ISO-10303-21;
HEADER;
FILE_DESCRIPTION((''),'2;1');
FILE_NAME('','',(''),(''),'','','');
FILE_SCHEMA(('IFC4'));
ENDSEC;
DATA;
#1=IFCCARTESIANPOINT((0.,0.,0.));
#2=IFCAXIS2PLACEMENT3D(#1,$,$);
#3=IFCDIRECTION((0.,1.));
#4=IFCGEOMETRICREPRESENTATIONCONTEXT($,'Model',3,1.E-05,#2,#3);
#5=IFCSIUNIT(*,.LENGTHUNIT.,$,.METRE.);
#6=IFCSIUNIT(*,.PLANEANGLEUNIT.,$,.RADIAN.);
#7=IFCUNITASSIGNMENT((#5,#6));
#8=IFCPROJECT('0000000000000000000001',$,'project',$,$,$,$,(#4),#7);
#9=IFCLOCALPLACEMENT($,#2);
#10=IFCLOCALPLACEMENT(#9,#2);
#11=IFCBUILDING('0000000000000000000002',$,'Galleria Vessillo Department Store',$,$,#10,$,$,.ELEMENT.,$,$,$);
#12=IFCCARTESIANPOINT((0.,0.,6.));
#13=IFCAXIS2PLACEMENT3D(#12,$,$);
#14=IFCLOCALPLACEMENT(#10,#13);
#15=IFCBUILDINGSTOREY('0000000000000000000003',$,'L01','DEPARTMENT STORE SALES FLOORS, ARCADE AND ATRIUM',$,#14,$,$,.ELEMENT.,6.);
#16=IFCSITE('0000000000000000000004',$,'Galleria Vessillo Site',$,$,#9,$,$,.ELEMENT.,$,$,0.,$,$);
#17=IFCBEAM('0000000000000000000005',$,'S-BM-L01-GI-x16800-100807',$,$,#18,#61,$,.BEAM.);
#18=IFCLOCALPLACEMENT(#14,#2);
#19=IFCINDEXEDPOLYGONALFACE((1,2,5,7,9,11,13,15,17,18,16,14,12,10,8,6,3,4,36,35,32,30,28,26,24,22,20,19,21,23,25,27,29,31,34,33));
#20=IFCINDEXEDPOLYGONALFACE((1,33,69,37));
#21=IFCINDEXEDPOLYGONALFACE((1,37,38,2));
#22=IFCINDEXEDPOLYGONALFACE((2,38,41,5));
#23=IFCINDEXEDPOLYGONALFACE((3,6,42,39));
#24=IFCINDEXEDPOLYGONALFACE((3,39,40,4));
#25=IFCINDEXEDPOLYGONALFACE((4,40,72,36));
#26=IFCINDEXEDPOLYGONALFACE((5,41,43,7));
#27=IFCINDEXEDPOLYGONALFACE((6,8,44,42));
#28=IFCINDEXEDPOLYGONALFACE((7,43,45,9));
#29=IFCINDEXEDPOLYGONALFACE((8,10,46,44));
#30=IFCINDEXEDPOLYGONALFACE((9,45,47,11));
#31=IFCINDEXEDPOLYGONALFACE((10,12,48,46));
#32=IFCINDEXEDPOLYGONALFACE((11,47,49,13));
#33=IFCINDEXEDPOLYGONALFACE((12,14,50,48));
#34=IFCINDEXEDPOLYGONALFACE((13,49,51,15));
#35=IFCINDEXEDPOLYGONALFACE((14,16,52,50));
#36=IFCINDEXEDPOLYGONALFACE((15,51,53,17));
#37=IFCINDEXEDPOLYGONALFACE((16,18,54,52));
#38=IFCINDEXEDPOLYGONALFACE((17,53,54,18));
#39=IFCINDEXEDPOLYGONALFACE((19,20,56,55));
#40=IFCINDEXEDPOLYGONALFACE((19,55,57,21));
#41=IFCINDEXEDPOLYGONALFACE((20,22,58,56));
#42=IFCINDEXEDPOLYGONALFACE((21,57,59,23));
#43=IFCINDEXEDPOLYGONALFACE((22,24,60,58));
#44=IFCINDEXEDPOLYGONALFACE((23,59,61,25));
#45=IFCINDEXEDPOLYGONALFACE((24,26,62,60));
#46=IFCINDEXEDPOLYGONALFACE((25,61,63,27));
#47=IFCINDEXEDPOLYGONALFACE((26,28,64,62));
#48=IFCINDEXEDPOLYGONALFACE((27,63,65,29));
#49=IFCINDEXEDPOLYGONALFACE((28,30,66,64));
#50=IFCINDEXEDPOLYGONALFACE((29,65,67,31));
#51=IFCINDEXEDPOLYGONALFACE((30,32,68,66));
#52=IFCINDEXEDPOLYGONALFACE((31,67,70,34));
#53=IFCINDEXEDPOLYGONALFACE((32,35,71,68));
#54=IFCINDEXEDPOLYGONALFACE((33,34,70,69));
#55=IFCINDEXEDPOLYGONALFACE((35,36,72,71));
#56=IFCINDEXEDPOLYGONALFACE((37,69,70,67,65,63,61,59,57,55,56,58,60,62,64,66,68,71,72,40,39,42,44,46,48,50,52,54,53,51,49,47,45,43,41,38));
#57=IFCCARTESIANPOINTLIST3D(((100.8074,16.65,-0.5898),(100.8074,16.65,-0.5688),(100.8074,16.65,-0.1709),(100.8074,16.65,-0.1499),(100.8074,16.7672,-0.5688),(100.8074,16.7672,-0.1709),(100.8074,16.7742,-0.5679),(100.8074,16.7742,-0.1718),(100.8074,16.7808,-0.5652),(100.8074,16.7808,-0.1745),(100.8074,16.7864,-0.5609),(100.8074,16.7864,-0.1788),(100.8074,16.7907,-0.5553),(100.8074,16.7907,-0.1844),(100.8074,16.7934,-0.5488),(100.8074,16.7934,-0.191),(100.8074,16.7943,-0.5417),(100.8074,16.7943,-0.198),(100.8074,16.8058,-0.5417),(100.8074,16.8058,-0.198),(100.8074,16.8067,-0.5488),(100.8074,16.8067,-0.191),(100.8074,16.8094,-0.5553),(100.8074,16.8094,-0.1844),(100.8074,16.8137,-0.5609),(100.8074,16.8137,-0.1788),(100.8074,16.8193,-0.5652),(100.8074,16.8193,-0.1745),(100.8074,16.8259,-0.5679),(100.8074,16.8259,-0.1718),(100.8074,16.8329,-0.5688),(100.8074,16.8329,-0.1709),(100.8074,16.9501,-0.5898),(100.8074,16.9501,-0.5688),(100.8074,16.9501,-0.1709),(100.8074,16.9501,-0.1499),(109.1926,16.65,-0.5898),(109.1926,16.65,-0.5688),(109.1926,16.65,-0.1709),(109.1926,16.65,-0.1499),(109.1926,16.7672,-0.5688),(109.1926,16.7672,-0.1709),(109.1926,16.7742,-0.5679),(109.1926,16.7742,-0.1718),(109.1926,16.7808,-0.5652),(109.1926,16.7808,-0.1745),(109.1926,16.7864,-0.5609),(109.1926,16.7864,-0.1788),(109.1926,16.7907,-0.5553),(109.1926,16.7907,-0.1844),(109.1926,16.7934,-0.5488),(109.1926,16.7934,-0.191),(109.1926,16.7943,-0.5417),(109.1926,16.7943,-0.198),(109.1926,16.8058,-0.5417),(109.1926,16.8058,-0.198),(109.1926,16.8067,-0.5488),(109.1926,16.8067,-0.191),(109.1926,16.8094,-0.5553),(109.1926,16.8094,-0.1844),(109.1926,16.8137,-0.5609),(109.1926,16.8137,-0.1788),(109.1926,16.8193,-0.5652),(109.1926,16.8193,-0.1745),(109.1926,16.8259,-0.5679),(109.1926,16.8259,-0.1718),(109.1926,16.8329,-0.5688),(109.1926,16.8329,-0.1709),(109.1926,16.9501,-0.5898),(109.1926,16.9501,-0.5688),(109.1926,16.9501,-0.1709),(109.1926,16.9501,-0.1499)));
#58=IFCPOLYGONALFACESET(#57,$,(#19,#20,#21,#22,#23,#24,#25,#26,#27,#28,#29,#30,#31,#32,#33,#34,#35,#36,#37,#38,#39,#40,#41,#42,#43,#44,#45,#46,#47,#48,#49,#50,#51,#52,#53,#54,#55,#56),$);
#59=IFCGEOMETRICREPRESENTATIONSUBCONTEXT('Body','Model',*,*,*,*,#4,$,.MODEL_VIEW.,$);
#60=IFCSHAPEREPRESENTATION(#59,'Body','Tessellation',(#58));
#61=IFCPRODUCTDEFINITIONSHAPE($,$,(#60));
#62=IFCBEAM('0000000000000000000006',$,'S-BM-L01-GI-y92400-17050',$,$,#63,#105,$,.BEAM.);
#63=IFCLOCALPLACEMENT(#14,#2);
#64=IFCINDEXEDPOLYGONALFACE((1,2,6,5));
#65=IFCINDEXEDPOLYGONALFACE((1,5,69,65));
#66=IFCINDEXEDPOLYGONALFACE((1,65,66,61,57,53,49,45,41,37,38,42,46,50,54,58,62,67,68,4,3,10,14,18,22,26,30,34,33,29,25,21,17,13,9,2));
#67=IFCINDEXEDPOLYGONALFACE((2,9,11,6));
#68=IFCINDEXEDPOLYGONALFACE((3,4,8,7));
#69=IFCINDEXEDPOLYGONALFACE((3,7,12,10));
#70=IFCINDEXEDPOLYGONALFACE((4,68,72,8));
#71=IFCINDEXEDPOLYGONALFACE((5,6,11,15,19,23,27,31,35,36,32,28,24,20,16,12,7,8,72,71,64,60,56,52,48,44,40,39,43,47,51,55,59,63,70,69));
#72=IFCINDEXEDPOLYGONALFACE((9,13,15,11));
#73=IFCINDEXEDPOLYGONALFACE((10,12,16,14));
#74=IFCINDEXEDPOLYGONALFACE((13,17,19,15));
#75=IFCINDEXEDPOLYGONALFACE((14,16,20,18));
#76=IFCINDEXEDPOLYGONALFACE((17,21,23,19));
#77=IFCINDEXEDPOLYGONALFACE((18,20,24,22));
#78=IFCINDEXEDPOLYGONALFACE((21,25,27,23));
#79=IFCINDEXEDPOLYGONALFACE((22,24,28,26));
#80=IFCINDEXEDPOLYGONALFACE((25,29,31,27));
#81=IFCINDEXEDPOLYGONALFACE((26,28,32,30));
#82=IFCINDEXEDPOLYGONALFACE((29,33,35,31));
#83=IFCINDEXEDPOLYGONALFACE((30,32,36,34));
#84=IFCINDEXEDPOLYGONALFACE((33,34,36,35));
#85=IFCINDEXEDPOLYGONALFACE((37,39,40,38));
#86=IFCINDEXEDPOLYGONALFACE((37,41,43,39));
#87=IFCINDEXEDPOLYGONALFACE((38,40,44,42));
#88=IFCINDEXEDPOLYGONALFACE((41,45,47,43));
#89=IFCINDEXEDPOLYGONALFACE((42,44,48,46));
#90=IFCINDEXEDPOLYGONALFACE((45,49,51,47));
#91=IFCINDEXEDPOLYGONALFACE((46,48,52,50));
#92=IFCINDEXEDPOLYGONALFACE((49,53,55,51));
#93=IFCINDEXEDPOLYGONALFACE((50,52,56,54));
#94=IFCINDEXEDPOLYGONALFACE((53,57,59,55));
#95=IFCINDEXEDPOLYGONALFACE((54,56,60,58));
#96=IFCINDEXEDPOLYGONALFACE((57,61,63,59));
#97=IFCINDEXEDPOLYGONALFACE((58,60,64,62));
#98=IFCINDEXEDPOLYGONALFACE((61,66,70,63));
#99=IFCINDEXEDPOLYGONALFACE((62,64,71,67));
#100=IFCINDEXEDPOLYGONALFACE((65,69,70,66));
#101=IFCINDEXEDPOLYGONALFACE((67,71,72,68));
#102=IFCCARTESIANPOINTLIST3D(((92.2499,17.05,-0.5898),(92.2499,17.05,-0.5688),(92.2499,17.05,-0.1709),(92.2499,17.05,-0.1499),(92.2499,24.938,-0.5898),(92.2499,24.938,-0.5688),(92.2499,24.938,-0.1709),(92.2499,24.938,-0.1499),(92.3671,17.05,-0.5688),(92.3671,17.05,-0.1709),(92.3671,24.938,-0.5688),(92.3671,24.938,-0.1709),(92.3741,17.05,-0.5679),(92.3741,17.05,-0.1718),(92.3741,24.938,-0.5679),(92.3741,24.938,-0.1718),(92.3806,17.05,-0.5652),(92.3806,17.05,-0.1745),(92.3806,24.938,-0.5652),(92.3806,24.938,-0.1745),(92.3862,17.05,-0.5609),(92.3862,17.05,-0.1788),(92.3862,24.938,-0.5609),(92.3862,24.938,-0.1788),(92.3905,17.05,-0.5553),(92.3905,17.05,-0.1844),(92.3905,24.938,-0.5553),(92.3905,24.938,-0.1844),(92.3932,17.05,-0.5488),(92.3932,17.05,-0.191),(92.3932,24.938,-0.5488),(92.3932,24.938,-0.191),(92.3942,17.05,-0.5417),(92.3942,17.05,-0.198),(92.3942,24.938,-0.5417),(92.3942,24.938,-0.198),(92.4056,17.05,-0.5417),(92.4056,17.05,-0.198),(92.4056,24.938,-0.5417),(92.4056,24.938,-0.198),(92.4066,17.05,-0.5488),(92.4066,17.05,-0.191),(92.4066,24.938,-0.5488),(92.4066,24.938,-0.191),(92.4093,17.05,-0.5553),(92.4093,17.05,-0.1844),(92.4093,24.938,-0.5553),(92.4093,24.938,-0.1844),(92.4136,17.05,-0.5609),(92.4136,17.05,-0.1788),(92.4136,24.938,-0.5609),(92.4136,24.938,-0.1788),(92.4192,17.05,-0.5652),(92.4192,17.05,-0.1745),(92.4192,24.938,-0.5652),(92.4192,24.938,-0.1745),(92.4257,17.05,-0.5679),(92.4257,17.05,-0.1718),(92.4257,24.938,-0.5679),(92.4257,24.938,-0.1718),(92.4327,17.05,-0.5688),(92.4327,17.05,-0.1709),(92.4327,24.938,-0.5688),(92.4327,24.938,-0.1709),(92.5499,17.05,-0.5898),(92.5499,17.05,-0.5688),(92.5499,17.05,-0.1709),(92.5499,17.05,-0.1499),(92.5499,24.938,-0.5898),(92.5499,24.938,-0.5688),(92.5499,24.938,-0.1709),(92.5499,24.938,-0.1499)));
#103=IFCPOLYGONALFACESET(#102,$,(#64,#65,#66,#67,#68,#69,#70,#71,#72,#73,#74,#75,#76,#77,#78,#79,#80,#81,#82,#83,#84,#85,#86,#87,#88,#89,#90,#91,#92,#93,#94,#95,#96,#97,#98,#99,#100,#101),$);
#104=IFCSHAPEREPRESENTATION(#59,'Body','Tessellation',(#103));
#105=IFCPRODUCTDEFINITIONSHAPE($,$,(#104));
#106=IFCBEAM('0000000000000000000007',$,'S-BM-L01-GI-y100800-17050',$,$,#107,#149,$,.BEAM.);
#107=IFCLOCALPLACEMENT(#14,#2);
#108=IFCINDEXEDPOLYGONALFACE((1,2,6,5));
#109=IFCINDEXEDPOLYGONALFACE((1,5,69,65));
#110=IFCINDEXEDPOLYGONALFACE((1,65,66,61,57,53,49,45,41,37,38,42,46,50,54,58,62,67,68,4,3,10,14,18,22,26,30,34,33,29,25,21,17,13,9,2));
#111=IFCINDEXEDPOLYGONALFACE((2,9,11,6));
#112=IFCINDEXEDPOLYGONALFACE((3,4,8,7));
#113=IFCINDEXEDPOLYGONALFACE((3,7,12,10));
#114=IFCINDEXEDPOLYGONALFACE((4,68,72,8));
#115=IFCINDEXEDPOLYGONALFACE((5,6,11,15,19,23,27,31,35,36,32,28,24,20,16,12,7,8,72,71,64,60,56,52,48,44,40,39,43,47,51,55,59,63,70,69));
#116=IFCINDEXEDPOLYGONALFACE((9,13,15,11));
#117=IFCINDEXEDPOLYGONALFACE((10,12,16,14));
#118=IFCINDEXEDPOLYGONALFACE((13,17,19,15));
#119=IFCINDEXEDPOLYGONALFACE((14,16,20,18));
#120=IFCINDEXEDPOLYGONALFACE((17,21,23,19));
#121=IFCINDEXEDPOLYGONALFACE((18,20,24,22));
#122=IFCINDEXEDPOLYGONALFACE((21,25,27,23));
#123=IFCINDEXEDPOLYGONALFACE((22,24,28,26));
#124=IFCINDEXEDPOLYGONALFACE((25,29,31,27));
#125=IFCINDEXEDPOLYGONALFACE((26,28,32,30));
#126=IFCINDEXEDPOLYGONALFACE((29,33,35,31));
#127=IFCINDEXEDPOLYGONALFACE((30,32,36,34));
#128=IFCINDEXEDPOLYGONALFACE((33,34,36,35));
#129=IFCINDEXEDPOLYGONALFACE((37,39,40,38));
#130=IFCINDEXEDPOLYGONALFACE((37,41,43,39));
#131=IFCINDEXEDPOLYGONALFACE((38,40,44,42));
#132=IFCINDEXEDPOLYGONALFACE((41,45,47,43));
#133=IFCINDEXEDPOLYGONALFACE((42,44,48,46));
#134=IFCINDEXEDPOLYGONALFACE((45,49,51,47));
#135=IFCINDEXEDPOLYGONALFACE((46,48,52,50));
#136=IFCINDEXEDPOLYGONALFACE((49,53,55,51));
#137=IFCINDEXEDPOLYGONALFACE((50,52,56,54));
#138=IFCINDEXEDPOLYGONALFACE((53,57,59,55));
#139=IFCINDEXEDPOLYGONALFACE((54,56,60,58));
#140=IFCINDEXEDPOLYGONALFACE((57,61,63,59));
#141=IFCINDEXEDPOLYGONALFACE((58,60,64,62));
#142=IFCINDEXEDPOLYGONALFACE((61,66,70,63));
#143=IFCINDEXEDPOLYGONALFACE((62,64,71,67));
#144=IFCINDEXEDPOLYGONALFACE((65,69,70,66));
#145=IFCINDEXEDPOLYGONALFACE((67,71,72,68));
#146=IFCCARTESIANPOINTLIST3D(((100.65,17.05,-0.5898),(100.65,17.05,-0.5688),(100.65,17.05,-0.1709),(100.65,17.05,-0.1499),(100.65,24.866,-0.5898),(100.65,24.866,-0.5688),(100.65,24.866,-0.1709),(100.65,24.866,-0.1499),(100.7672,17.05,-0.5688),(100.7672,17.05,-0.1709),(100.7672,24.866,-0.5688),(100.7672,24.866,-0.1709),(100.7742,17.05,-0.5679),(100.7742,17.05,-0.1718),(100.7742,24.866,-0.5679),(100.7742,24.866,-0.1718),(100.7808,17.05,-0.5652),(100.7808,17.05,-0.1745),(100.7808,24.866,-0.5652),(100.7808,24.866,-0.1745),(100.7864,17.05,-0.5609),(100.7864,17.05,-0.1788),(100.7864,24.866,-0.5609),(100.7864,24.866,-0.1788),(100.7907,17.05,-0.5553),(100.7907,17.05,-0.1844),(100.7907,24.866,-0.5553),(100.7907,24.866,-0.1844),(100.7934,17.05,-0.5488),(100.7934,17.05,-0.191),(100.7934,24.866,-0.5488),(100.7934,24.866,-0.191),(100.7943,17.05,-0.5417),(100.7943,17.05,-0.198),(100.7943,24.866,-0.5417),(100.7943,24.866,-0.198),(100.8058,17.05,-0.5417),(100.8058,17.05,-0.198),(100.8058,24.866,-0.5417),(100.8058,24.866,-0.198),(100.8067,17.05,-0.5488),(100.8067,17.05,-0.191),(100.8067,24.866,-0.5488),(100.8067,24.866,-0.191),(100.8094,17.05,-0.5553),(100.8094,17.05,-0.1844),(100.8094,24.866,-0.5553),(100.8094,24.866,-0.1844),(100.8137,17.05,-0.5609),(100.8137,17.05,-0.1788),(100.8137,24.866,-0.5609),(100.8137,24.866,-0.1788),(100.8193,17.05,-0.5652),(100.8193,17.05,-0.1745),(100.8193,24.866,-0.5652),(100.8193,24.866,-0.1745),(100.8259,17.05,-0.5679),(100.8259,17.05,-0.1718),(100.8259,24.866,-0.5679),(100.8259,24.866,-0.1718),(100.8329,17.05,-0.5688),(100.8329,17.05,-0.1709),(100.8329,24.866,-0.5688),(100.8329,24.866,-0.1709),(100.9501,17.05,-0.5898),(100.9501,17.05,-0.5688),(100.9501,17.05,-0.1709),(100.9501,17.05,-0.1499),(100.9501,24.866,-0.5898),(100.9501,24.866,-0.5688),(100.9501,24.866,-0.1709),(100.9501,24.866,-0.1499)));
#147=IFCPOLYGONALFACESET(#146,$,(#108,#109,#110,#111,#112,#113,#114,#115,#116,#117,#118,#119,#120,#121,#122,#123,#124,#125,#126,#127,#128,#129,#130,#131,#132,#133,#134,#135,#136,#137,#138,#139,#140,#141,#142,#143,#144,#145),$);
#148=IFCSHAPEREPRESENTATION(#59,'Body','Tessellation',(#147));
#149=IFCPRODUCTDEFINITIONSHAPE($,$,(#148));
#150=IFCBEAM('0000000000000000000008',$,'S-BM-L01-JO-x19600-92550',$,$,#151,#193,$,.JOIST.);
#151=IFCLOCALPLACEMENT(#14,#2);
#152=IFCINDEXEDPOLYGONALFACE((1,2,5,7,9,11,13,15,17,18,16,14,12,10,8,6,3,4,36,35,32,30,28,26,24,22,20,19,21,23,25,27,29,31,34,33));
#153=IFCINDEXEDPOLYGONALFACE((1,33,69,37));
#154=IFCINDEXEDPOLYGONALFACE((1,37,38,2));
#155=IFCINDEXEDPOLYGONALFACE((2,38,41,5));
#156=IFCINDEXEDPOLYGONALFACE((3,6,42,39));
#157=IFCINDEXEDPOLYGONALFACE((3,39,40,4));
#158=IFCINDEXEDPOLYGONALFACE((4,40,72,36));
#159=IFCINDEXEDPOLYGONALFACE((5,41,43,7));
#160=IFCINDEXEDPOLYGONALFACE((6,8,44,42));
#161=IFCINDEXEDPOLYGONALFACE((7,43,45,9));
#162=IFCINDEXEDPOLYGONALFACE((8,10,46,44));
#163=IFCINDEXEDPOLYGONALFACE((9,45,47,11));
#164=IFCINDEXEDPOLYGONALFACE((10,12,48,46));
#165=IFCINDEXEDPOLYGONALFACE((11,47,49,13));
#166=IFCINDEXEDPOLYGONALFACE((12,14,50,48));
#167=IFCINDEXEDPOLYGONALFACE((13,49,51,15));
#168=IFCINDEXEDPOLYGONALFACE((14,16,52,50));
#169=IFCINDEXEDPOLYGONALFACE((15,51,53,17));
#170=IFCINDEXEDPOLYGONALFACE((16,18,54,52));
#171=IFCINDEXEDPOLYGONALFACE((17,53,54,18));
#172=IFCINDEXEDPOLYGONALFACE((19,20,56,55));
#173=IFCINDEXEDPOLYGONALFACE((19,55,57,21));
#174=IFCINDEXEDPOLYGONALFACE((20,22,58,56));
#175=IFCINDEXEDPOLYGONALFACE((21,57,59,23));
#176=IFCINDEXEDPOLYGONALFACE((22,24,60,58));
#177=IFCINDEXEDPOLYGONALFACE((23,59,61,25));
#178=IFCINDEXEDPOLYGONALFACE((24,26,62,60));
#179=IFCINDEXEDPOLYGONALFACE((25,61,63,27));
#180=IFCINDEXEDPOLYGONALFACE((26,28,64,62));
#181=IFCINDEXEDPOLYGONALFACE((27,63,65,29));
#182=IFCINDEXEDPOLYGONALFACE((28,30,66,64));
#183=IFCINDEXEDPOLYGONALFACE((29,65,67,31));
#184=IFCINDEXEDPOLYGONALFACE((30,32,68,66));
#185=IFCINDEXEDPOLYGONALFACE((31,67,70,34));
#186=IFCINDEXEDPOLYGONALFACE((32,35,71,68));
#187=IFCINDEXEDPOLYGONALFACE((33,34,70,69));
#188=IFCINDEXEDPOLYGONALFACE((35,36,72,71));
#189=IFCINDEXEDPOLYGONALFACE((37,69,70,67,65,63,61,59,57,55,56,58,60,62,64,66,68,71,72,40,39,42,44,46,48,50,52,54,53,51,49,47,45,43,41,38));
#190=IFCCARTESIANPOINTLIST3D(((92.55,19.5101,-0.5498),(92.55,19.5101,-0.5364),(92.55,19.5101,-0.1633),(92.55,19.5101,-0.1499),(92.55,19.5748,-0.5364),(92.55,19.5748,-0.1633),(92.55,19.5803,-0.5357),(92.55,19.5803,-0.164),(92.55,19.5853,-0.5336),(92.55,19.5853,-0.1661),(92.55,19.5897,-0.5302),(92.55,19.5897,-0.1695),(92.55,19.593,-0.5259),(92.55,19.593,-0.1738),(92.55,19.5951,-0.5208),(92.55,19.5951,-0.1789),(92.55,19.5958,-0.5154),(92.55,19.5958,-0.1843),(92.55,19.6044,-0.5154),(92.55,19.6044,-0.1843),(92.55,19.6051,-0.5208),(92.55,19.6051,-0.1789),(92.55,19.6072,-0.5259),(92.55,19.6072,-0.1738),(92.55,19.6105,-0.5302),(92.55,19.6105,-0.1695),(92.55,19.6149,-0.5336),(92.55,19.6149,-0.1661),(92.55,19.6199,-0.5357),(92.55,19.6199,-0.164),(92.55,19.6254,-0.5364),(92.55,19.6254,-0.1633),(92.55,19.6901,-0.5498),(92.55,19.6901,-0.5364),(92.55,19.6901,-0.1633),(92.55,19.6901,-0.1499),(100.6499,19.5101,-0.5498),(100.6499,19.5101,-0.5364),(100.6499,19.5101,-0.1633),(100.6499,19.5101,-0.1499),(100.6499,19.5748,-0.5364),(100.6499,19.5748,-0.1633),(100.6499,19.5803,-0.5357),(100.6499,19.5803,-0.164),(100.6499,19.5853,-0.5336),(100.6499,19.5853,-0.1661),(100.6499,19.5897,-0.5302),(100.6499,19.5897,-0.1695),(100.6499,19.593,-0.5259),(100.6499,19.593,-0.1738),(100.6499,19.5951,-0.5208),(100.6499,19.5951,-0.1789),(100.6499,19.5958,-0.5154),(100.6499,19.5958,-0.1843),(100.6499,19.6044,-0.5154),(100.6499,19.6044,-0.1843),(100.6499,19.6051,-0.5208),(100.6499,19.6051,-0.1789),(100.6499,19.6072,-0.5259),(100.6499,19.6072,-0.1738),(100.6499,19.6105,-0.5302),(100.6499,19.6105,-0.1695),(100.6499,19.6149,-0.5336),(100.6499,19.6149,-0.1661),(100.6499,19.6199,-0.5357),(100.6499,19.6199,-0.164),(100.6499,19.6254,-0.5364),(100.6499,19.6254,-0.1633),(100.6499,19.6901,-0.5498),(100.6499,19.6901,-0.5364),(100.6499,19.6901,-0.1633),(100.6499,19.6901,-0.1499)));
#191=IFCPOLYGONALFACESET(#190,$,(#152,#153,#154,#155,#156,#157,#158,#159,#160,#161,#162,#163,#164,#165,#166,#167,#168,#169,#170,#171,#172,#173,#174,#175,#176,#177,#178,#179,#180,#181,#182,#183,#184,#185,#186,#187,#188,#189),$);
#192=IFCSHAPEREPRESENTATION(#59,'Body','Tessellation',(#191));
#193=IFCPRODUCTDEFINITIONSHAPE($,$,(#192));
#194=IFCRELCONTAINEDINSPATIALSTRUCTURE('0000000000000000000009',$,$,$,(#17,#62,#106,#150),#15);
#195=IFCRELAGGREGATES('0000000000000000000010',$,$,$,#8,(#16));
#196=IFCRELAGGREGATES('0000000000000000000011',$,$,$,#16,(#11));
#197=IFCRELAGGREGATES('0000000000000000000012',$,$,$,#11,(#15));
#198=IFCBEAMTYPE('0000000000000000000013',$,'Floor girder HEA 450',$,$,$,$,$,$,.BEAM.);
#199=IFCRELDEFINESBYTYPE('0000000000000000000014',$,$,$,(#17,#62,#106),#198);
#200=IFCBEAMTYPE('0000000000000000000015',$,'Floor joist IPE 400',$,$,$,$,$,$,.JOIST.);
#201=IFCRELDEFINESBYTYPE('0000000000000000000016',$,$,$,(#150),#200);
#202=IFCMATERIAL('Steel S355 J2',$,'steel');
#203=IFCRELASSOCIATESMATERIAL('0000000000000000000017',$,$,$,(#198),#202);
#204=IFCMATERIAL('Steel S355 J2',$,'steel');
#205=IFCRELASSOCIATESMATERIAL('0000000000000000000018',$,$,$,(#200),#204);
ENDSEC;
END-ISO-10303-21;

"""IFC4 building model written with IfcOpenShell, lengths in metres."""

from ifc_helpers import new_model, si_unit, direction, frame, origin, origin_2d, place, context, subcontext, project, spatial, i_section, extrude, material, material_profile, profile_set, type_object, element, save


model = new_model("IFC4")

# Units and contexts
model_context = context("Model", 3, precision=1e-05, world=origin(), true_north=direction((0.0, 1.0)))
body_context = subcontext(model_context, "Body", "Model", "MODEL_VIEW")
ifc_project = project(units=[si_unit("LENGTHUNIT", "METRE"), si_unit("PLANEANGLEUNIT", "RADIAN")], contexts=[model_context])

# Site, building, storey
site_placement = place(None, origin())
site = spatial("IfcSite", under=ifc_project, at=site_placement, Name="Galleria Vessillo Site", CompositionType="ELEMENT", RefElevation=0.0)
building_placement = place(site_placement, origin())
building = spatial("IfcBuilding", under=site, at=building_placement, Name="Galleria Vessillo Department Store", CompositionType="ELEMENT")
storey_placement = place(building_placement, frame((0.0, 0.0, 6.0)))
storey = spatial("IfcBuildingStorey", under=building, at=storey_placement, Name="L01", Description="DEPARTMENT STORE SALES FLOORS, ARCADE AND ATRIUM", CompositionType="ELEMENT", Elevation=6.0)

# Beams
ifc_material_1 = material(Name="Steel S355 J2", Category="steel")
ifc_material_profile_1 = material_profile(ifc_material_1, i_section(OverallWidth=0.3, OverallDepth=0.4399, WebThickness=0.0115, FlangeThickness=0.021, FilletRadius=0.0271, at=origin_2d()), Name="HEA 450")
ifc_profile_set_1 = profile_set([ifc_material_profile_1], Name="Steel S355 J2")
beam_type_1 = type_object("IfcBeamType", Name="Floor girder HEA 450", PredefinedType="BEAM", material=ifc_profile_set_1)
beam_1_placement = place(storey_placement, frame((100.8074, 16.8, -0.3699), z_axis=(1.0, 0.0, 0.0), x_axis=(0.0, 1.0, 0.0)))
element("IfcBeam", 1, at=beam_1_placement, inside=storey, type_object=beam_type_1, Name="S-BM-L01-GI-x16800-100807", PredefinedType="BEAM", context=body_context, shape_type="SweptSolid", body=[
    extrude(i_section(OverallWidth=0.3, OverallDepth=0.4399, WebThickness=0.0115, FlangeThickness=0.021, FilletRadius=0.0271, at=origin_2d()), origin(), (0.0, 0.0, 1.0), 8.3853),
])
beam_2_placement = place(storey_placement, frame((92.3999, 17.05, -0.3699), z_axis=(0.0, 1.0, 0.0), x_axis=(-1.0, 0.0, 0.0)))
element("IfcBeam", 2, at=beam_2_placement, inside=storey, type_object=beam_type_1, Name="S-BM-L01-GI-y92400-17050", PredefinedType="BEAM", context=body_context, shape_type="SweptSolid", body=[
    extrude(i_section(OverallWidth=0.3, OverallDepth=0.4399, WebThickness=0.0115, FlangeThickness=0.021, FilletRadius=0.0271, at=origin_2d()), origin(), (0.0, 0.0, 1.0), 7.8879),
])
beam_3_placement = place(storey_placement, frame((100.8, 17.05, -0.3699), z_axis=(0.0, 1.0, 0.0), x_axis=(-1.0, 0.0, 0.0)))
element("IfcBeam", 3, at=beam_3_placement, inside=storey, type_object=beam_type_1, Name="S-BM-L01-GI-y100800-17050", PredefinedType="BEAM", context=body_context, shape_type="SweptSolid", body=[
    extrude(i_section(OverallWidth=0.3, OverallDepth=0.4399, WebThickness=0.0115, FlangeThickness=0.021, FilletRadius=0.0271, at=origin_2d()), origin(), (0.0, 0.0, 1.0), 7.8159),
])
ifc_material_2 = material(Name="Steel S355 J2", Category="steel")
ifc_material_profile_2 = material_profile(ifc_material_2, i_section(OverallWidth=0.1799, OverallDepth=0.3999, WebThickness=0.0085, FlangeThickness=0.0134, FilletRadius=0.021, at=origin_2d()), Name="IPE 400")
ifc_profile_set_2 = profile_set([ifc_material_profile_2], Name="Steel S355 J2")
beam_type_2 = type_object("IfcBeamType", Name="Floor joist IPE 400", PredefinedType="JOIST", material=ifc_profile_set_2)
for number, where, z_axis, x_axis, name in (
    (4, (92.55, 19.6001, -0.3499), (1.0, 0.0, 0.0), (0.0, 1.0, 0.0), "S-BM-L01-JO-x19600-92550"),
):
    element("IfcBeam", number, at=place(storey_placement, frame(where, z_axis=z_axis, x_axis=x_axis)), inside=storey, type_object=beam_type_2, Name=name, PredefinedType="JOIST", context=body_context, shape_type="SweptSolid", body=[
        extrude(i_section(OverallWidth=0.1799, OverallDepth=0.3999, WebThickness=0.0085, FlangeThickness=0.0134, FilletRadius=0.021, at=origin_2d()), origin(), (0.0, 0.0, 1.0), 8.0999),
    ])

save(model, "model.ifc")
